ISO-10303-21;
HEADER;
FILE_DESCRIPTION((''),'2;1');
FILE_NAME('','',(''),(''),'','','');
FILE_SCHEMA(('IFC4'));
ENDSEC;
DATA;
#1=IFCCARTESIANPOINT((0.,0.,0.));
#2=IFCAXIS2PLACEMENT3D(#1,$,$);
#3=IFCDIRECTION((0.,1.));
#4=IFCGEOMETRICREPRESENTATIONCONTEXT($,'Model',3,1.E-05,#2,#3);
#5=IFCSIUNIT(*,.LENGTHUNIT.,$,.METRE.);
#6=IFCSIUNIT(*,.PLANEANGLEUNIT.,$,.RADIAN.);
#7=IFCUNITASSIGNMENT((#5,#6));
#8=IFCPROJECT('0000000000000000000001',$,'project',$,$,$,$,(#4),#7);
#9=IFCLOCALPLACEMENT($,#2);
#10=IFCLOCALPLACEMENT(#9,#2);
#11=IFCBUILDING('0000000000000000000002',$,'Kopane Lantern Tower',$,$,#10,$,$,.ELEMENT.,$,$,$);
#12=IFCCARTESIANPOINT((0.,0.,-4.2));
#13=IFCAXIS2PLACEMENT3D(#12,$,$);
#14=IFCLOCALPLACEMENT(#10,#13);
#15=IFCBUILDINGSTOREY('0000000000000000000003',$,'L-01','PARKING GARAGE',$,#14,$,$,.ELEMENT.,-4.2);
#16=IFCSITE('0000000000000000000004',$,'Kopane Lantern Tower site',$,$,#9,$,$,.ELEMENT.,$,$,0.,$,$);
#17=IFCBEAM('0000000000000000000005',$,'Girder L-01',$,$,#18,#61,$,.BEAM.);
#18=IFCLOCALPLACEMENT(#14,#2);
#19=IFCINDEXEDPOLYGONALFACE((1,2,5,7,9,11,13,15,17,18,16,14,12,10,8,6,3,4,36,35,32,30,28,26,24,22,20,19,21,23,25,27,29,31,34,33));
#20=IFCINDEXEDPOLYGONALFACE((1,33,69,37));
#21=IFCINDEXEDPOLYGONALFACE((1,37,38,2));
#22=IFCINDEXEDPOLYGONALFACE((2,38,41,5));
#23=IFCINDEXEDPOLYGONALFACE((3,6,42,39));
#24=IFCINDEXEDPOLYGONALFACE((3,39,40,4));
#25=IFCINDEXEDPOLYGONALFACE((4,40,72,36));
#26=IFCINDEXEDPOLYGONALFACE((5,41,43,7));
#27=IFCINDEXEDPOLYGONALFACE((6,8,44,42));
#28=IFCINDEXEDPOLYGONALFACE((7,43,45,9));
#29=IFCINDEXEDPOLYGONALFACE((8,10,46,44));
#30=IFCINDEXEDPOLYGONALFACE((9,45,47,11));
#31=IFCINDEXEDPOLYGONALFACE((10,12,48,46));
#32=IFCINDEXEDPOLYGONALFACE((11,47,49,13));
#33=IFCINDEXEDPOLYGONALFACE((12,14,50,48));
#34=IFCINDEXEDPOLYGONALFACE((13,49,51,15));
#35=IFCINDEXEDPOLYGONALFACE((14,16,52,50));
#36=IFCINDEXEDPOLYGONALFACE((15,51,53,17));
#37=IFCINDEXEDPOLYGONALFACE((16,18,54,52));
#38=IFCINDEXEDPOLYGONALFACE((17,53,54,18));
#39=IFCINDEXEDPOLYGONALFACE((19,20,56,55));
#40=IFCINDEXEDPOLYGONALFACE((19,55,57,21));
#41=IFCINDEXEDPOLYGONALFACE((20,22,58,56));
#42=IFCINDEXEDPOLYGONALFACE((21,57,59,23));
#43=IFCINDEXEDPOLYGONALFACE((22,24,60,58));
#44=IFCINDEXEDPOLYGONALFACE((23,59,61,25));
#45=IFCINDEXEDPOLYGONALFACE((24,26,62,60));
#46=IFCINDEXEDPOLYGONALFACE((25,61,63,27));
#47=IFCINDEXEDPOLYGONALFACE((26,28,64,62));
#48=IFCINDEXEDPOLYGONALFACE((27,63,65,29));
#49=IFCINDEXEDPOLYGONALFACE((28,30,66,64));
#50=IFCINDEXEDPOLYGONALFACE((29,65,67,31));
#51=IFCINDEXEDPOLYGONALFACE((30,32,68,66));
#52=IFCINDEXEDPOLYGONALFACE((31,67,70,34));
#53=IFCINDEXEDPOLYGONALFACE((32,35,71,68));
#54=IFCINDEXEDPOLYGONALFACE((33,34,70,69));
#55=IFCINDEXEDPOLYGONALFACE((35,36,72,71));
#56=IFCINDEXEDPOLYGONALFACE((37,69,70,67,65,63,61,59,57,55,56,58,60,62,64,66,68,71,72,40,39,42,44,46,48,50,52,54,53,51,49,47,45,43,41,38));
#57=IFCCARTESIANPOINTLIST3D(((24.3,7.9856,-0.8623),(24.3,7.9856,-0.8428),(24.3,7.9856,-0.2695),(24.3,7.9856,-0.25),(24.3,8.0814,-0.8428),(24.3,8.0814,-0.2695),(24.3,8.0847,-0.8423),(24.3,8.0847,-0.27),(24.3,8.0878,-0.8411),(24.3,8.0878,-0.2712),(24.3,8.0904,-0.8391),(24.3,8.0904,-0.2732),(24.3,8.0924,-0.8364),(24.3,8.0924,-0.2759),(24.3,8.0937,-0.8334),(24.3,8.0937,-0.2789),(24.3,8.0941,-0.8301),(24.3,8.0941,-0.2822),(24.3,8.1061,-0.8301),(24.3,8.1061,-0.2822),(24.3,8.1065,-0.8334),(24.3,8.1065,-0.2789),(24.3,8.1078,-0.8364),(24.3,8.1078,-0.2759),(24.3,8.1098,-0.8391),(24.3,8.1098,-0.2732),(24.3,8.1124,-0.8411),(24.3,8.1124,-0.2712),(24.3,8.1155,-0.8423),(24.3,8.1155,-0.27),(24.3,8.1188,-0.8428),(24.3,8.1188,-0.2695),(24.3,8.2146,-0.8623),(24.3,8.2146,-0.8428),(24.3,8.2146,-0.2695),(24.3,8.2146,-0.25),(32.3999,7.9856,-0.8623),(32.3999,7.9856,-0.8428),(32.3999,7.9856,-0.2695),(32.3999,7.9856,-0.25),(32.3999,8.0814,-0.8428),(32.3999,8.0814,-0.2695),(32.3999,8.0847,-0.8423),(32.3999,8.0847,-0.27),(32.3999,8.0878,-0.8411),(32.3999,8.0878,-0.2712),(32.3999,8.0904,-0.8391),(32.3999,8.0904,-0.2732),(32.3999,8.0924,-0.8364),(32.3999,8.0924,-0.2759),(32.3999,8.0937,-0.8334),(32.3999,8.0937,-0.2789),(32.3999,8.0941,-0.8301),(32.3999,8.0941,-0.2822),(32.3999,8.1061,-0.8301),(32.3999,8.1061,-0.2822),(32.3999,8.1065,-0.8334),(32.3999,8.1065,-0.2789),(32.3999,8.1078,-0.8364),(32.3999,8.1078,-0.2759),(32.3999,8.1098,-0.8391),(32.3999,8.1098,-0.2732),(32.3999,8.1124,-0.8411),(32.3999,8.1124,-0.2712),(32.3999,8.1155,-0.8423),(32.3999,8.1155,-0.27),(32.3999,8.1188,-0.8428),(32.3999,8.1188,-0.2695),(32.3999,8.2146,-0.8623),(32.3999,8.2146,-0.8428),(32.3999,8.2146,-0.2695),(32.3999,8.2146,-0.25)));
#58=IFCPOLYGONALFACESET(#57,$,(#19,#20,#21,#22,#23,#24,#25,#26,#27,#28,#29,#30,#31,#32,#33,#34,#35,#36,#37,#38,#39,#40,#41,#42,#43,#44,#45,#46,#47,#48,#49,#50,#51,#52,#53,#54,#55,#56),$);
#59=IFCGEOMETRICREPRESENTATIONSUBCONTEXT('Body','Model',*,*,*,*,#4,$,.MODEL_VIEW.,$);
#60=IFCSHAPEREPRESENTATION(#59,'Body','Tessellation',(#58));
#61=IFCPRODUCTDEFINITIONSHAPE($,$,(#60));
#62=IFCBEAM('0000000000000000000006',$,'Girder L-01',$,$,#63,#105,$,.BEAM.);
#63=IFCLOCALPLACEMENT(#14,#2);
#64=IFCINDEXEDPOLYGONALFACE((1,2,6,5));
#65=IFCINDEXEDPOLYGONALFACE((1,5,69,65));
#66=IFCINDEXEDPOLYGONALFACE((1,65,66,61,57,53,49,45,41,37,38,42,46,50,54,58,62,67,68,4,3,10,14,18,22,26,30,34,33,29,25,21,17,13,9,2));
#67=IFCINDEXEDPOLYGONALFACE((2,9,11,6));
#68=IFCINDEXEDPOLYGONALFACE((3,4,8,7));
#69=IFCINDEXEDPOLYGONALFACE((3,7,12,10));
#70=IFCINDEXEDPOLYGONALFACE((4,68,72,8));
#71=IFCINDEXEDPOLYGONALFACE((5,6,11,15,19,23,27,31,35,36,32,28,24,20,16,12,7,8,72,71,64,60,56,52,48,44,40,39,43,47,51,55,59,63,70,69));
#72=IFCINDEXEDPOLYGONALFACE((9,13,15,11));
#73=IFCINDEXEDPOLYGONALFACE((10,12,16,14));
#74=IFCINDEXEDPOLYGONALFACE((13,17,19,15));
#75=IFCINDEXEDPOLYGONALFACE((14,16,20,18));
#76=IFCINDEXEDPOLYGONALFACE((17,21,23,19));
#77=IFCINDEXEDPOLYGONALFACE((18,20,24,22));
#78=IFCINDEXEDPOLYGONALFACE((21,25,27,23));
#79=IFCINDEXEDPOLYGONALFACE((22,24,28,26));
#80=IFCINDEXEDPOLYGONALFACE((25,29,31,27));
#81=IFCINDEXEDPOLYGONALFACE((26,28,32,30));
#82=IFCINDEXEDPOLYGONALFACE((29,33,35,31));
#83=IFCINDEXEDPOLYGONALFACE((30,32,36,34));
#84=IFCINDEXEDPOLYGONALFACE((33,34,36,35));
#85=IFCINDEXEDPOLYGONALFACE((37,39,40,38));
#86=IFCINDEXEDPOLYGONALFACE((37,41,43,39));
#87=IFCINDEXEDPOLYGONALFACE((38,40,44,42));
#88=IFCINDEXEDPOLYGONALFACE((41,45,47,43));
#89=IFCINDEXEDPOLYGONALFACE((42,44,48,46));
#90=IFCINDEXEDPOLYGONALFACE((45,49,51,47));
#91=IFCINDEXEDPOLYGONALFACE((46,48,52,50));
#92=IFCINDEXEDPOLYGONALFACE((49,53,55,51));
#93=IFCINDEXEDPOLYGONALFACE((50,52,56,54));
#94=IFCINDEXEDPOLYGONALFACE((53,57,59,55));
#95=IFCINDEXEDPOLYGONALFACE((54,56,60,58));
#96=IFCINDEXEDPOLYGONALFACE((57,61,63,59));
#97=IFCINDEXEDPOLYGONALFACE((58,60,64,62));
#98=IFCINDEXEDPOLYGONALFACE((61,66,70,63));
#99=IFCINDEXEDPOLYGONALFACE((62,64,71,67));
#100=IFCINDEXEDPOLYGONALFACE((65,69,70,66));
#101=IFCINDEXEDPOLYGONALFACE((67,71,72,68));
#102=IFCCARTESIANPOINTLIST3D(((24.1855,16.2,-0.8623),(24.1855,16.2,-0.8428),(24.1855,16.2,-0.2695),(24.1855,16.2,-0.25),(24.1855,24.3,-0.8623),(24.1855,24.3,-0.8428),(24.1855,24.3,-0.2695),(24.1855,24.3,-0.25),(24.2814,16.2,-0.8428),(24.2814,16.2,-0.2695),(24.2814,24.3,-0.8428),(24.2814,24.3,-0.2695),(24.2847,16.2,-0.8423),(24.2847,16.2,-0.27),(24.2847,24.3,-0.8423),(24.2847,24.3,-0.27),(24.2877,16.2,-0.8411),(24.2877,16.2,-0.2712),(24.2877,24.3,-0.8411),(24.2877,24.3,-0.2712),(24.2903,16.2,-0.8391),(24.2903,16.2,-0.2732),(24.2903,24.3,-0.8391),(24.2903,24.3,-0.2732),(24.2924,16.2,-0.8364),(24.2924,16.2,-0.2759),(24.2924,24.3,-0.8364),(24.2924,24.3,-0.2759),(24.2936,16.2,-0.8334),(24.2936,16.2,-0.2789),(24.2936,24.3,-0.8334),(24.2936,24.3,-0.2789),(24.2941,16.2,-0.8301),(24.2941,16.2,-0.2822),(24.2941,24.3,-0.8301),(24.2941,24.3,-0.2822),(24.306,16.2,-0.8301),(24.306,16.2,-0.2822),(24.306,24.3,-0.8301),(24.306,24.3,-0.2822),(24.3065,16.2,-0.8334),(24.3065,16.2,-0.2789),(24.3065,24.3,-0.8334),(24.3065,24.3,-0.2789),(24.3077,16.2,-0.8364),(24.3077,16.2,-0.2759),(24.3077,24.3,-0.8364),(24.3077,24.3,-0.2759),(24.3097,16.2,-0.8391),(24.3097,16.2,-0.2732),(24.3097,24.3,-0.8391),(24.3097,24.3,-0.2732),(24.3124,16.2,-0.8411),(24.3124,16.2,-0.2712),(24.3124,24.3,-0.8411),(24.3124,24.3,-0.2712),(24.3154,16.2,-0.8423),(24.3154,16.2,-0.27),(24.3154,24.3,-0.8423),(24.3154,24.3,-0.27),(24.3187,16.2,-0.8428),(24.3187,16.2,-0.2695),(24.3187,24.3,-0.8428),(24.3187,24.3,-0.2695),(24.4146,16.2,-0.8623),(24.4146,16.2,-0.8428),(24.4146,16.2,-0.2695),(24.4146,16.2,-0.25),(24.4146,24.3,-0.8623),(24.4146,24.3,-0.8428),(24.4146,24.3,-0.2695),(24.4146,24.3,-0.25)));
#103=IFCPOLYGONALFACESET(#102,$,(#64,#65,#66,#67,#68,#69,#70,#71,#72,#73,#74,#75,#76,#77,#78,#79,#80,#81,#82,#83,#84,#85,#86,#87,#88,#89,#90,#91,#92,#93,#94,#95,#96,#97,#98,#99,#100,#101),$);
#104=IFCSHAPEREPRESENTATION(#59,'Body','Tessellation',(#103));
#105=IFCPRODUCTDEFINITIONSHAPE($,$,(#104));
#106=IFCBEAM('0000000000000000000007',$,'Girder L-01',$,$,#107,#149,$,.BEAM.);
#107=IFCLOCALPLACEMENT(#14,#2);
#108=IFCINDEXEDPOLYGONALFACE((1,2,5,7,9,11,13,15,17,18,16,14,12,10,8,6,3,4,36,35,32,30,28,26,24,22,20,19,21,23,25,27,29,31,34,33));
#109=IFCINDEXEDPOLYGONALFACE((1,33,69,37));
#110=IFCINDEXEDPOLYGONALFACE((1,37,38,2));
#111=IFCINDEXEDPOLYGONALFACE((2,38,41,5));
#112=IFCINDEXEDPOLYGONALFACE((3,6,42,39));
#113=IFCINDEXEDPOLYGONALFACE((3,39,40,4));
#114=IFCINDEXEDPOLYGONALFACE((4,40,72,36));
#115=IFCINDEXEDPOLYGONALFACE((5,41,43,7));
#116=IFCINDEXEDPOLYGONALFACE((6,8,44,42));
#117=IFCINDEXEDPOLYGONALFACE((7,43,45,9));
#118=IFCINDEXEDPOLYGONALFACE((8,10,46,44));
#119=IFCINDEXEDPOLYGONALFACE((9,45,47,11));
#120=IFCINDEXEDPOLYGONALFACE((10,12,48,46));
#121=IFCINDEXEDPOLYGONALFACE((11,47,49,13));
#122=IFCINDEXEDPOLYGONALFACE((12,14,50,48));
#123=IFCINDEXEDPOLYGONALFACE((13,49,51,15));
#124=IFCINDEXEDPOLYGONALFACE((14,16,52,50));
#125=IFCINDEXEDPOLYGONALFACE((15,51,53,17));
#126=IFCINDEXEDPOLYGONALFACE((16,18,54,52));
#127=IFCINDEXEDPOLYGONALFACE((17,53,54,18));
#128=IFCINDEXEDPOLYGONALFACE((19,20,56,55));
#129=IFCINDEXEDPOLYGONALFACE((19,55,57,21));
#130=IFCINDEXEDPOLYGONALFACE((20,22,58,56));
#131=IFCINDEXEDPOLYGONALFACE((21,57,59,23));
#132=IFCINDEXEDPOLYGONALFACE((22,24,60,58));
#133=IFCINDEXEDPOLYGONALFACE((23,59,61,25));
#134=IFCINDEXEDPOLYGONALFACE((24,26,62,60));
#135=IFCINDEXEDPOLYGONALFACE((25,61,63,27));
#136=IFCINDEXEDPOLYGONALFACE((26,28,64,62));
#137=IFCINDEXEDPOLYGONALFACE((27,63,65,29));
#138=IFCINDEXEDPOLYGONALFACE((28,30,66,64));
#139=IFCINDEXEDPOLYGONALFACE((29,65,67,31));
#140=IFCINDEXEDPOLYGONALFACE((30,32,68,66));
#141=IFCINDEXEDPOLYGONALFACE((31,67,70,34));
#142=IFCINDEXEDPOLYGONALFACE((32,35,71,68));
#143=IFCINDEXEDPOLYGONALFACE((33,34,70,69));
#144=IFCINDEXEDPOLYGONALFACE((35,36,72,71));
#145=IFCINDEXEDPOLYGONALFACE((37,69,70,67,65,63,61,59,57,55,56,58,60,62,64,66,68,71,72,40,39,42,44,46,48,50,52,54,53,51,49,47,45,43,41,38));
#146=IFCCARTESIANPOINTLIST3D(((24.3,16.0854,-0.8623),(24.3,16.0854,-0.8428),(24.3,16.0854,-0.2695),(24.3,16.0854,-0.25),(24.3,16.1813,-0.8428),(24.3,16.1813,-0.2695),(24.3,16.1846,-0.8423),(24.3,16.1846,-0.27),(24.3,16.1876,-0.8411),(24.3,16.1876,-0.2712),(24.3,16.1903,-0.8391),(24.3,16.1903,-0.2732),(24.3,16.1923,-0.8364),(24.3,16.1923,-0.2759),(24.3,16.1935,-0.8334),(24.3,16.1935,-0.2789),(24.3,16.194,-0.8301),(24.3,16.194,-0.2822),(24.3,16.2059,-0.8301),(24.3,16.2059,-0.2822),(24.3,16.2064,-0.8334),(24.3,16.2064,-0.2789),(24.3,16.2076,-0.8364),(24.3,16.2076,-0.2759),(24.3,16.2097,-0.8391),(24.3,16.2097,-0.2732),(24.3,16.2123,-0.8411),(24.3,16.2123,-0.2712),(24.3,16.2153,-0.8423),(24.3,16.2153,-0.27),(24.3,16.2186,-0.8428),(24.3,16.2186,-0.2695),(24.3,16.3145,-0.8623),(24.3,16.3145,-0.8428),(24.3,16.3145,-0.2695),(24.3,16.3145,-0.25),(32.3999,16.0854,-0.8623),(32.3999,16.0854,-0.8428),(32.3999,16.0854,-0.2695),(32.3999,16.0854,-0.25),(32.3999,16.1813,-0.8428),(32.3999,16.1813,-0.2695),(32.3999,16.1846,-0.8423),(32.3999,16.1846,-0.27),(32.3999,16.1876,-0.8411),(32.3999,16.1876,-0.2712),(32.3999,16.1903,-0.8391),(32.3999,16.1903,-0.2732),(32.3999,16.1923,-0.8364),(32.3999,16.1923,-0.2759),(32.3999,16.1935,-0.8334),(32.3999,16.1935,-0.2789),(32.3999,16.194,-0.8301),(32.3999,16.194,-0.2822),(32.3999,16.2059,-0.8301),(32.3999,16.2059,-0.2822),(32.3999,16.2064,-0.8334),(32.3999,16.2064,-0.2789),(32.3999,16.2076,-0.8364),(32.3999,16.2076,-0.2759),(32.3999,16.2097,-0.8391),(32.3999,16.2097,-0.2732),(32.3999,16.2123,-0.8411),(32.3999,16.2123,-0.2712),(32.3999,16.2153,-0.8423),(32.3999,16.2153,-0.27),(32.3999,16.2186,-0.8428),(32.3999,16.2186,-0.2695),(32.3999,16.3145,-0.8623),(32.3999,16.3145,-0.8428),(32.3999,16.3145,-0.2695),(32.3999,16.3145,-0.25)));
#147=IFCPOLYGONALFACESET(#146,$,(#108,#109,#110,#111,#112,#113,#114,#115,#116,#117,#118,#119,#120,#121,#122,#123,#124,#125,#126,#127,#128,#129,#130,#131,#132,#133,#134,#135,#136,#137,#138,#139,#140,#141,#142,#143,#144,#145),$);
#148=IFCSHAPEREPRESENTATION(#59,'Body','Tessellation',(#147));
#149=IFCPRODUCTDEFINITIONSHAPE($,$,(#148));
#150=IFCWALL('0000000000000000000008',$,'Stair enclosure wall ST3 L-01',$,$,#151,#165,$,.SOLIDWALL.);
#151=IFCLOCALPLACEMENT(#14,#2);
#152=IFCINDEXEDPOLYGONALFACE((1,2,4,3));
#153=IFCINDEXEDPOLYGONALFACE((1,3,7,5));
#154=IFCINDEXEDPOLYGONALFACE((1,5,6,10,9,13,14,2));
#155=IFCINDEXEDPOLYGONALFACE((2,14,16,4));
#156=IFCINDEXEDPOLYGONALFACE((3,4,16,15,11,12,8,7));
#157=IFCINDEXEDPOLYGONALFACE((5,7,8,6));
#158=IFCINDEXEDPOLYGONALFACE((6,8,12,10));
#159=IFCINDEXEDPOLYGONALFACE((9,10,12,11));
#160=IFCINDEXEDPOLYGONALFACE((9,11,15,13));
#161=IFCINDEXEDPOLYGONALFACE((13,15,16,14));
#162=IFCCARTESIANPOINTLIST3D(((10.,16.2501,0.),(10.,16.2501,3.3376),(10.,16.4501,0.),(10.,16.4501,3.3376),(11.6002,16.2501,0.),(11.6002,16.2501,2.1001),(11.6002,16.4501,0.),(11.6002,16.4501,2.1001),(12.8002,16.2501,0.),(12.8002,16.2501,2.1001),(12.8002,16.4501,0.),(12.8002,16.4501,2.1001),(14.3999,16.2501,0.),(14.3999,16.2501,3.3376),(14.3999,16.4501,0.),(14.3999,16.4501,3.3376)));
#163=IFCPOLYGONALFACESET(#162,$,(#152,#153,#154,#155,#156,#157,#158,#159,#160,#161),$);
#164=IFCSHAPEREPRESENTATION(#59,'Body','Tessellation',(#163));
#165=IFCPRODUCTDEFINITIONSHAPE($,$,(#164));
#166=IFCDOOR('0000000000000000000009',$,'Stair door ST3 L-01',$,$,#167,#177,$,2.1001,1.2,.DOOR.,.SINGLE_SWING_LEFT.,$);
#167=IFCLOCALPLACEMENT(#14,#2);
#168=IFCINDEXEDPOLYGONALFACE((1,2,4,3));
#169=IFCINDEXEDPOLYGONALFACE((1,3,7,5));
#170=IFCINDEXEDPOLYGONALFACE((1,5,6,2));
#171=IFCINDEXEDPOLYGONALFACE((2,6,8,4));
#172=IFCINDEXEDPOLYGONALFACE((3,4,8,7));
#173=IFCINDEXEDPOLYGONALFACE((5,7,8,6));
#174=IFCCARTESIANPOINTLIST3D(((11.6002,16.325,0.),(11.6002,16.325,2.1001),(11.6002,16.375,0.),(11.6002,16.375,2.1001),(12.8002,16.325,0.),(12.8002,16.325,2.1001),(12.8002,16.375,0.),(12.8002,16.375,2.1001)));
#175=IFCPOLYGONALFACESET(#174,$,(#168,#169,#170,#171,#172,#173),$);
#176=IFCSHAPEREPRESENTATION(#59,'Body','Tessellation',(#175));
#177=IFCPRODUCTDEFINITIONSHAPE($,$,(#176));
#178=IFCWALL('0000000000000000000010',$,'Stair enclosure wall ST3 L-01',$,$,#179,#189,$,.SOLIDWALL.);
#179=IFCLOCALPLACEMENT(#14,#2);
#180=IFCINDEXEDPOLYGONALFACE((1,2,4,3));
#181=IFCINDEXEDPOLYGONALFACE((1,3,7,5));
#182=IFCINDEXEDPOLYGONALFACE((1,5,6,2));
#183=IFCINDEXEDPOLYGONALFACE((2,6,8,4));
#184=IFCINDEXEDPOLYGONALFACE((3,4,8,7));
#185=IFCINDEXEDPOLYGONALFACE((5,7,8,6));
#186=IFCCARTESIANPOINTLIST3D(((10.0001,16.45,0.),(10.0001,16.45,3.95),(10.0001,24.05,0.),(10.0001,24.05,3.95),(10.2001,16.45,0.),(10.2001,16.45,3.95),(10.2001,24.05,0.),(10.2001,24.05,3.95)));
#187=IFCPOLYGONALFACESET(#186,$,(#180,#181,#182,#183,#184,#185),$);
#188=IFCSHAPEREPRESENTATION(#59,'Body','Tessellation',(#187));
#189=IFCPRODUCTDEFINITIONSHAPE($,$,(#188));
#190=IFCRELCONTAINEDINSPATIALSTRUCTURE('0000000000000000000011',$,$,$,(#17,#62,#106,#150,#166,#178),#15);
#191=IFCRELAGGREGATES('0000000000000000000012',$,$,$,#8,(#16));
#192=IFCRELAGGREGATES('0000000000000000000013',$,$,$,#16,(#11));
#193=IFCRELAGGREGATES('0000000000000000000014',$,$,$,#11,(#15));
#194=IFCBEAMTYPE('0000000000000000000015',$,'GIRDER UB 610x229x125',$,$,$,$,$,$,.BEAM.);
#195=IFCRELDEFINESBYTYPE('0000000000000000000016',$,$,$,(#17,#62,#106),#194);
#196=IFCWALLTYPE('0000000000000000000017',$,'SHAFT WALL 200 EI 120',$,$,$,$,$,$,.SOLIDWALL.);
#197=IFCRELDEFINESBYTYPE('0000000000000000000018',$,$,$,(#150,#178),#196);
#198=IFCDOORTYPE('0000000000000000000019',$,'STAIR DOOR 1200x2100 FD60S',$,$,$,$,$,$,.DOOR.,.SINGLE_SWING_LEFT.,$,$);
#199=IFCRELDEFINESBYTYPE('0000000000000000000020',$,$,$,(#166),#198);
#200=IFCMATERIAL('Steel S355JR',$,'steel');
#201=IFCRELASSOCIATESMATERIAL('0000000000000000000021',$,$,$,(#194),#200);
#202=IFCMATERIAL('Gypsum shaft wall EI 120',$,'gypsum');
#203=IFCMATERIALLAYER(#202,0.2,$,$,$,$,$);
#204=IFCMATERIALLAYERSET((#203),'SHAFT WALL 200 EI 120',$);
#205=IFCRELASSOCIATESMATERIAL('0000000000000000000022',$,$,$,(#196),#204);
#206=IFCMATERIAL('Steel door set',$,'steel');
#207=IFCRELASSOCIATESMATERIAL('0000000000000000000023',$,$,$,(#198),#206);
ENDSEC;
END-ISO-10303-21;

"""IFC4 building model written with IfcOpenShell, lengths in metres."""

from ifc_helpers import new_model, si_unit, direction, frame, frame_2d, origin, origin_2d, place, context, subcontext, project, spatial, rectangle, i_section, extrude, material, layer, layer_set, material_profile, profile_set, type_object, element, fill, save


model = new_model("IFC4")

# Units and contexts
model_context = context("Model", 3, precision=1e-05, world=origin(), true_north=direction((0.0, 1.0)))
body_context = subcontext(model_context, "Body", "Model", "MODEL_VIEW")
ifc_project = project(units=[si_unit("LENGTHUNIT", "METRE"), si_unit("PLANEANGLEUNIT", "RADIAN")], contexts=[model_context])

# Site, building, storey
site_placement = place(None, origin())
site = spatial("IfcSite", under=ifc_project, at=site_placement, Name="Kopane Lantern Tower site", CompositionType="ELEMENT", RefElevation=0.0)
building_placement = place(site_placement, origin())
building = spatial("IfcBuilding", under=site, at=building_placement, Name="Kopane Lantern Tower", CompositionType="ELEMENT")
storey_placement = place(building_placement, frame((0.0, 0.0, -4.2)))
storey = spatial("IfcBuildingStorey", under=building, at=storey_placement, Name="L-01", Description="PARKING GARAGE", CompositionType="ELEMENT", Elevation=-4.2)

# Beams
ifc_material_1 = material(Name="Steel S355JR", Category="steel")
ifc_material_profile_1 = material_profile(ifc_material_1, i_section(OverallWidth=0.229, OverallDepth=0.6123, WebThickness=0.012, FlangeThickness=0.0195, FilletRadius=0.0127, at=origin_2d()), Name="UB 610x229x125")
ifc_profile_set_1 = profile_set([ifc_material_profile_1], Name="Steel S355JR")
beam_type = type_object("IfcBeamType", Name="GIRDER UB 610x229x125", PredefinedType="BEAM", material=ifc_profile_set_1)
for number, where, z_axis, x_axis, name in (
    (1, (24.3, 8.1001, -0.5562), (1.0, 0.0, 0.0), (0.0, 1.0, 0.0), "Girder L-01"),
):
    element("IfcBeam", number, at=place(storey_placement, frame(where, z_axis=z_axis, x_axis=x_axis)), inside=storey, type_object=beam_type, Name=name, PredefinedType="BEAM", context=body_context, shape_type="SweptSolid", body=[
        extrude(i_section(OverallWidth=0.229, OverallDepth=0.6123, WebThickness=0.012, FlangeThickness=0.0195, FilletRadius=0.0127, at=origin_2d()), origin(), (0.0, 0.0, 1.0), 8.0999),
    ])
beam_1_placement = place(storey_placement, frame((24.3, 16.2, -0.5562), z_axis=(0.0, 1.0, 0.0), x_axis=(-1.0, 0.0, 0.0)))
element("IfcBeam", 2, at=beam_1_placement, inside=storey, type_object=beam_type, Name="Girder L-01", PredefinedType="BEAM", context=body_context, shape_type="SweptSolid", body=[
    extrude(i_section(OverallWidth=0.229, OverallDepth=0.6123, WebThickness=0.012, FlangeThickness=0.0195, FilletRadius=0.0127, at=origin_2d()), origin(), (0.0, 0.0, 1.0), 8.1001),
])
beam_2_placement = place(storey_placement, frame((24.3, 16.2, -0.5562), z_axis=(1.0, 0.0, 0.0), x_axis=(0.0, 1.0, 0.0)))
element("IfcBeam", 3, at=beam_2_placement, inside=storey, type_object=beam_type, Name="Girder L-01", PredefinedType="BEAM", context=body_context, shape_type="SweptSolid", body=[
    extrude(i_section(OverallWidth=0.229, OverallDepth=0.6123, WebThickness=0.012, FlangeThickness=0.0195, FilletRadius=0.0127, at=origin_2d()), origin(), (0.0, 0.0, 1.0), 8.0999),
])

# Wall, opening, door
ifc_material_2 = material(Name="Gypsum shaft wall EI 120", Category="gypsum")
ifc_layer = layer(ifc_material_2, 0.2)
ifc_layer_set = layer_set([ifc_layer], Name="SHAFT WALL 200 EI 120")
wall_type = type_object("IfcWallType", Name="SHAFT WALL 200 EI 120", PredefinedType="SOLIDWALL", material=ifc_layer_set)
wall_placement = place(storey_placement, frame((10.0, 16.3501, 0.0), z_axis=(0.0, 0.0, 1.0), x_axis=(1.0, 0.0, 0.0)))
wall = element("IfcWall", 4, at=wall_placement, inside=storey, type_object=wall_type, Name="Stair enclosure wall ST3 L-01", PredefinedType="SOLIDWALL", context=body_context, shape_type="SweptSolid", body=[
    extrude(rectangle(XDim=4.3999, YDim=0.2, at=frame_2d((2.2, 0.0))), origin(), (0.0, 0.0, 1.0), 3.3376),
])
opening_placement = place(wall_placement, frame((1.6001, 0.0, 0.0)))
opening = element("IfcOpeningElement", 5, at=opening_placement, cuts=wall, PredefinedType="OPENING", context=body_context, shape_type="SweptSolid", body=[
    extrude(rectangle(XDim=1.2, YDim=2.1001, at=frame_2d((0.6001, 1.05))), frame((0.0, 0.1099, 0.0), z_axis=(0.0, -1.0, 0.0), x_axis=(1.0, 0.0, 0.0)), (0.0, 0.0, 1.0), 0.22),
])
ifc_material_3 = material(Name="Steel door set", Category="steel")
door_type = type_object("IfcDoorType", Name="STAIR DOOR 1200x2100 FD60S", OperationType="SINGLE_SWING_LEFT", PredefinedType="DOOR", material=ifc_material_3)
door_placement = place(opening_placement, origin())
door = element("IfcDoor", 6, at=door_placement, inside=storey, type_object=door_type, Name="Stair door ST3 L-01", OperationType="SINGLE_SWING_LEFT", OverallHeight=2.1001, OverallWidth=1.2, PredefinedType="DOOR", context=body_context, shape_type="SweptSolid", body=[
    extrude(rectangle(XDim=1.2, YDim=2.1001, at=frame_2d((0.6001, 1.05))), frame((0.0, 0.0249, 0.0), z_axis=(0.0, -1.0, 0.0), x_axis=(1.0, 0.0, 0.0)), (0.0, 0.0, 1.0), 0.05),
])
fill(opening, door)

# Wall
for number, where, z_axis, x_axis, name in (
    (7, (10.1001, 16.45, 0.0), (0.0, 0.0, 1.0), (0.0, 1.0, 0.0), "Stair enclosure wall ST3 L-01"),
):
    element("IfcWall", number, at=place(storey_placement, frame(where, z_axis=z_axis, x_axis=x_axis)), inside=storey, type_object=wall_type, Name=name, PredefinedType="SOLIDWALL", context=body_context, shape_type="SweptSolid", body=[
        extrude(rectangle(XDim=7.6001, YDim=0.2, at=frame_2d((3.8, 0.0))), origin(), (0.0, 0.0, 1.0), 3.95),
    ])

save(model, "model.ifc")
